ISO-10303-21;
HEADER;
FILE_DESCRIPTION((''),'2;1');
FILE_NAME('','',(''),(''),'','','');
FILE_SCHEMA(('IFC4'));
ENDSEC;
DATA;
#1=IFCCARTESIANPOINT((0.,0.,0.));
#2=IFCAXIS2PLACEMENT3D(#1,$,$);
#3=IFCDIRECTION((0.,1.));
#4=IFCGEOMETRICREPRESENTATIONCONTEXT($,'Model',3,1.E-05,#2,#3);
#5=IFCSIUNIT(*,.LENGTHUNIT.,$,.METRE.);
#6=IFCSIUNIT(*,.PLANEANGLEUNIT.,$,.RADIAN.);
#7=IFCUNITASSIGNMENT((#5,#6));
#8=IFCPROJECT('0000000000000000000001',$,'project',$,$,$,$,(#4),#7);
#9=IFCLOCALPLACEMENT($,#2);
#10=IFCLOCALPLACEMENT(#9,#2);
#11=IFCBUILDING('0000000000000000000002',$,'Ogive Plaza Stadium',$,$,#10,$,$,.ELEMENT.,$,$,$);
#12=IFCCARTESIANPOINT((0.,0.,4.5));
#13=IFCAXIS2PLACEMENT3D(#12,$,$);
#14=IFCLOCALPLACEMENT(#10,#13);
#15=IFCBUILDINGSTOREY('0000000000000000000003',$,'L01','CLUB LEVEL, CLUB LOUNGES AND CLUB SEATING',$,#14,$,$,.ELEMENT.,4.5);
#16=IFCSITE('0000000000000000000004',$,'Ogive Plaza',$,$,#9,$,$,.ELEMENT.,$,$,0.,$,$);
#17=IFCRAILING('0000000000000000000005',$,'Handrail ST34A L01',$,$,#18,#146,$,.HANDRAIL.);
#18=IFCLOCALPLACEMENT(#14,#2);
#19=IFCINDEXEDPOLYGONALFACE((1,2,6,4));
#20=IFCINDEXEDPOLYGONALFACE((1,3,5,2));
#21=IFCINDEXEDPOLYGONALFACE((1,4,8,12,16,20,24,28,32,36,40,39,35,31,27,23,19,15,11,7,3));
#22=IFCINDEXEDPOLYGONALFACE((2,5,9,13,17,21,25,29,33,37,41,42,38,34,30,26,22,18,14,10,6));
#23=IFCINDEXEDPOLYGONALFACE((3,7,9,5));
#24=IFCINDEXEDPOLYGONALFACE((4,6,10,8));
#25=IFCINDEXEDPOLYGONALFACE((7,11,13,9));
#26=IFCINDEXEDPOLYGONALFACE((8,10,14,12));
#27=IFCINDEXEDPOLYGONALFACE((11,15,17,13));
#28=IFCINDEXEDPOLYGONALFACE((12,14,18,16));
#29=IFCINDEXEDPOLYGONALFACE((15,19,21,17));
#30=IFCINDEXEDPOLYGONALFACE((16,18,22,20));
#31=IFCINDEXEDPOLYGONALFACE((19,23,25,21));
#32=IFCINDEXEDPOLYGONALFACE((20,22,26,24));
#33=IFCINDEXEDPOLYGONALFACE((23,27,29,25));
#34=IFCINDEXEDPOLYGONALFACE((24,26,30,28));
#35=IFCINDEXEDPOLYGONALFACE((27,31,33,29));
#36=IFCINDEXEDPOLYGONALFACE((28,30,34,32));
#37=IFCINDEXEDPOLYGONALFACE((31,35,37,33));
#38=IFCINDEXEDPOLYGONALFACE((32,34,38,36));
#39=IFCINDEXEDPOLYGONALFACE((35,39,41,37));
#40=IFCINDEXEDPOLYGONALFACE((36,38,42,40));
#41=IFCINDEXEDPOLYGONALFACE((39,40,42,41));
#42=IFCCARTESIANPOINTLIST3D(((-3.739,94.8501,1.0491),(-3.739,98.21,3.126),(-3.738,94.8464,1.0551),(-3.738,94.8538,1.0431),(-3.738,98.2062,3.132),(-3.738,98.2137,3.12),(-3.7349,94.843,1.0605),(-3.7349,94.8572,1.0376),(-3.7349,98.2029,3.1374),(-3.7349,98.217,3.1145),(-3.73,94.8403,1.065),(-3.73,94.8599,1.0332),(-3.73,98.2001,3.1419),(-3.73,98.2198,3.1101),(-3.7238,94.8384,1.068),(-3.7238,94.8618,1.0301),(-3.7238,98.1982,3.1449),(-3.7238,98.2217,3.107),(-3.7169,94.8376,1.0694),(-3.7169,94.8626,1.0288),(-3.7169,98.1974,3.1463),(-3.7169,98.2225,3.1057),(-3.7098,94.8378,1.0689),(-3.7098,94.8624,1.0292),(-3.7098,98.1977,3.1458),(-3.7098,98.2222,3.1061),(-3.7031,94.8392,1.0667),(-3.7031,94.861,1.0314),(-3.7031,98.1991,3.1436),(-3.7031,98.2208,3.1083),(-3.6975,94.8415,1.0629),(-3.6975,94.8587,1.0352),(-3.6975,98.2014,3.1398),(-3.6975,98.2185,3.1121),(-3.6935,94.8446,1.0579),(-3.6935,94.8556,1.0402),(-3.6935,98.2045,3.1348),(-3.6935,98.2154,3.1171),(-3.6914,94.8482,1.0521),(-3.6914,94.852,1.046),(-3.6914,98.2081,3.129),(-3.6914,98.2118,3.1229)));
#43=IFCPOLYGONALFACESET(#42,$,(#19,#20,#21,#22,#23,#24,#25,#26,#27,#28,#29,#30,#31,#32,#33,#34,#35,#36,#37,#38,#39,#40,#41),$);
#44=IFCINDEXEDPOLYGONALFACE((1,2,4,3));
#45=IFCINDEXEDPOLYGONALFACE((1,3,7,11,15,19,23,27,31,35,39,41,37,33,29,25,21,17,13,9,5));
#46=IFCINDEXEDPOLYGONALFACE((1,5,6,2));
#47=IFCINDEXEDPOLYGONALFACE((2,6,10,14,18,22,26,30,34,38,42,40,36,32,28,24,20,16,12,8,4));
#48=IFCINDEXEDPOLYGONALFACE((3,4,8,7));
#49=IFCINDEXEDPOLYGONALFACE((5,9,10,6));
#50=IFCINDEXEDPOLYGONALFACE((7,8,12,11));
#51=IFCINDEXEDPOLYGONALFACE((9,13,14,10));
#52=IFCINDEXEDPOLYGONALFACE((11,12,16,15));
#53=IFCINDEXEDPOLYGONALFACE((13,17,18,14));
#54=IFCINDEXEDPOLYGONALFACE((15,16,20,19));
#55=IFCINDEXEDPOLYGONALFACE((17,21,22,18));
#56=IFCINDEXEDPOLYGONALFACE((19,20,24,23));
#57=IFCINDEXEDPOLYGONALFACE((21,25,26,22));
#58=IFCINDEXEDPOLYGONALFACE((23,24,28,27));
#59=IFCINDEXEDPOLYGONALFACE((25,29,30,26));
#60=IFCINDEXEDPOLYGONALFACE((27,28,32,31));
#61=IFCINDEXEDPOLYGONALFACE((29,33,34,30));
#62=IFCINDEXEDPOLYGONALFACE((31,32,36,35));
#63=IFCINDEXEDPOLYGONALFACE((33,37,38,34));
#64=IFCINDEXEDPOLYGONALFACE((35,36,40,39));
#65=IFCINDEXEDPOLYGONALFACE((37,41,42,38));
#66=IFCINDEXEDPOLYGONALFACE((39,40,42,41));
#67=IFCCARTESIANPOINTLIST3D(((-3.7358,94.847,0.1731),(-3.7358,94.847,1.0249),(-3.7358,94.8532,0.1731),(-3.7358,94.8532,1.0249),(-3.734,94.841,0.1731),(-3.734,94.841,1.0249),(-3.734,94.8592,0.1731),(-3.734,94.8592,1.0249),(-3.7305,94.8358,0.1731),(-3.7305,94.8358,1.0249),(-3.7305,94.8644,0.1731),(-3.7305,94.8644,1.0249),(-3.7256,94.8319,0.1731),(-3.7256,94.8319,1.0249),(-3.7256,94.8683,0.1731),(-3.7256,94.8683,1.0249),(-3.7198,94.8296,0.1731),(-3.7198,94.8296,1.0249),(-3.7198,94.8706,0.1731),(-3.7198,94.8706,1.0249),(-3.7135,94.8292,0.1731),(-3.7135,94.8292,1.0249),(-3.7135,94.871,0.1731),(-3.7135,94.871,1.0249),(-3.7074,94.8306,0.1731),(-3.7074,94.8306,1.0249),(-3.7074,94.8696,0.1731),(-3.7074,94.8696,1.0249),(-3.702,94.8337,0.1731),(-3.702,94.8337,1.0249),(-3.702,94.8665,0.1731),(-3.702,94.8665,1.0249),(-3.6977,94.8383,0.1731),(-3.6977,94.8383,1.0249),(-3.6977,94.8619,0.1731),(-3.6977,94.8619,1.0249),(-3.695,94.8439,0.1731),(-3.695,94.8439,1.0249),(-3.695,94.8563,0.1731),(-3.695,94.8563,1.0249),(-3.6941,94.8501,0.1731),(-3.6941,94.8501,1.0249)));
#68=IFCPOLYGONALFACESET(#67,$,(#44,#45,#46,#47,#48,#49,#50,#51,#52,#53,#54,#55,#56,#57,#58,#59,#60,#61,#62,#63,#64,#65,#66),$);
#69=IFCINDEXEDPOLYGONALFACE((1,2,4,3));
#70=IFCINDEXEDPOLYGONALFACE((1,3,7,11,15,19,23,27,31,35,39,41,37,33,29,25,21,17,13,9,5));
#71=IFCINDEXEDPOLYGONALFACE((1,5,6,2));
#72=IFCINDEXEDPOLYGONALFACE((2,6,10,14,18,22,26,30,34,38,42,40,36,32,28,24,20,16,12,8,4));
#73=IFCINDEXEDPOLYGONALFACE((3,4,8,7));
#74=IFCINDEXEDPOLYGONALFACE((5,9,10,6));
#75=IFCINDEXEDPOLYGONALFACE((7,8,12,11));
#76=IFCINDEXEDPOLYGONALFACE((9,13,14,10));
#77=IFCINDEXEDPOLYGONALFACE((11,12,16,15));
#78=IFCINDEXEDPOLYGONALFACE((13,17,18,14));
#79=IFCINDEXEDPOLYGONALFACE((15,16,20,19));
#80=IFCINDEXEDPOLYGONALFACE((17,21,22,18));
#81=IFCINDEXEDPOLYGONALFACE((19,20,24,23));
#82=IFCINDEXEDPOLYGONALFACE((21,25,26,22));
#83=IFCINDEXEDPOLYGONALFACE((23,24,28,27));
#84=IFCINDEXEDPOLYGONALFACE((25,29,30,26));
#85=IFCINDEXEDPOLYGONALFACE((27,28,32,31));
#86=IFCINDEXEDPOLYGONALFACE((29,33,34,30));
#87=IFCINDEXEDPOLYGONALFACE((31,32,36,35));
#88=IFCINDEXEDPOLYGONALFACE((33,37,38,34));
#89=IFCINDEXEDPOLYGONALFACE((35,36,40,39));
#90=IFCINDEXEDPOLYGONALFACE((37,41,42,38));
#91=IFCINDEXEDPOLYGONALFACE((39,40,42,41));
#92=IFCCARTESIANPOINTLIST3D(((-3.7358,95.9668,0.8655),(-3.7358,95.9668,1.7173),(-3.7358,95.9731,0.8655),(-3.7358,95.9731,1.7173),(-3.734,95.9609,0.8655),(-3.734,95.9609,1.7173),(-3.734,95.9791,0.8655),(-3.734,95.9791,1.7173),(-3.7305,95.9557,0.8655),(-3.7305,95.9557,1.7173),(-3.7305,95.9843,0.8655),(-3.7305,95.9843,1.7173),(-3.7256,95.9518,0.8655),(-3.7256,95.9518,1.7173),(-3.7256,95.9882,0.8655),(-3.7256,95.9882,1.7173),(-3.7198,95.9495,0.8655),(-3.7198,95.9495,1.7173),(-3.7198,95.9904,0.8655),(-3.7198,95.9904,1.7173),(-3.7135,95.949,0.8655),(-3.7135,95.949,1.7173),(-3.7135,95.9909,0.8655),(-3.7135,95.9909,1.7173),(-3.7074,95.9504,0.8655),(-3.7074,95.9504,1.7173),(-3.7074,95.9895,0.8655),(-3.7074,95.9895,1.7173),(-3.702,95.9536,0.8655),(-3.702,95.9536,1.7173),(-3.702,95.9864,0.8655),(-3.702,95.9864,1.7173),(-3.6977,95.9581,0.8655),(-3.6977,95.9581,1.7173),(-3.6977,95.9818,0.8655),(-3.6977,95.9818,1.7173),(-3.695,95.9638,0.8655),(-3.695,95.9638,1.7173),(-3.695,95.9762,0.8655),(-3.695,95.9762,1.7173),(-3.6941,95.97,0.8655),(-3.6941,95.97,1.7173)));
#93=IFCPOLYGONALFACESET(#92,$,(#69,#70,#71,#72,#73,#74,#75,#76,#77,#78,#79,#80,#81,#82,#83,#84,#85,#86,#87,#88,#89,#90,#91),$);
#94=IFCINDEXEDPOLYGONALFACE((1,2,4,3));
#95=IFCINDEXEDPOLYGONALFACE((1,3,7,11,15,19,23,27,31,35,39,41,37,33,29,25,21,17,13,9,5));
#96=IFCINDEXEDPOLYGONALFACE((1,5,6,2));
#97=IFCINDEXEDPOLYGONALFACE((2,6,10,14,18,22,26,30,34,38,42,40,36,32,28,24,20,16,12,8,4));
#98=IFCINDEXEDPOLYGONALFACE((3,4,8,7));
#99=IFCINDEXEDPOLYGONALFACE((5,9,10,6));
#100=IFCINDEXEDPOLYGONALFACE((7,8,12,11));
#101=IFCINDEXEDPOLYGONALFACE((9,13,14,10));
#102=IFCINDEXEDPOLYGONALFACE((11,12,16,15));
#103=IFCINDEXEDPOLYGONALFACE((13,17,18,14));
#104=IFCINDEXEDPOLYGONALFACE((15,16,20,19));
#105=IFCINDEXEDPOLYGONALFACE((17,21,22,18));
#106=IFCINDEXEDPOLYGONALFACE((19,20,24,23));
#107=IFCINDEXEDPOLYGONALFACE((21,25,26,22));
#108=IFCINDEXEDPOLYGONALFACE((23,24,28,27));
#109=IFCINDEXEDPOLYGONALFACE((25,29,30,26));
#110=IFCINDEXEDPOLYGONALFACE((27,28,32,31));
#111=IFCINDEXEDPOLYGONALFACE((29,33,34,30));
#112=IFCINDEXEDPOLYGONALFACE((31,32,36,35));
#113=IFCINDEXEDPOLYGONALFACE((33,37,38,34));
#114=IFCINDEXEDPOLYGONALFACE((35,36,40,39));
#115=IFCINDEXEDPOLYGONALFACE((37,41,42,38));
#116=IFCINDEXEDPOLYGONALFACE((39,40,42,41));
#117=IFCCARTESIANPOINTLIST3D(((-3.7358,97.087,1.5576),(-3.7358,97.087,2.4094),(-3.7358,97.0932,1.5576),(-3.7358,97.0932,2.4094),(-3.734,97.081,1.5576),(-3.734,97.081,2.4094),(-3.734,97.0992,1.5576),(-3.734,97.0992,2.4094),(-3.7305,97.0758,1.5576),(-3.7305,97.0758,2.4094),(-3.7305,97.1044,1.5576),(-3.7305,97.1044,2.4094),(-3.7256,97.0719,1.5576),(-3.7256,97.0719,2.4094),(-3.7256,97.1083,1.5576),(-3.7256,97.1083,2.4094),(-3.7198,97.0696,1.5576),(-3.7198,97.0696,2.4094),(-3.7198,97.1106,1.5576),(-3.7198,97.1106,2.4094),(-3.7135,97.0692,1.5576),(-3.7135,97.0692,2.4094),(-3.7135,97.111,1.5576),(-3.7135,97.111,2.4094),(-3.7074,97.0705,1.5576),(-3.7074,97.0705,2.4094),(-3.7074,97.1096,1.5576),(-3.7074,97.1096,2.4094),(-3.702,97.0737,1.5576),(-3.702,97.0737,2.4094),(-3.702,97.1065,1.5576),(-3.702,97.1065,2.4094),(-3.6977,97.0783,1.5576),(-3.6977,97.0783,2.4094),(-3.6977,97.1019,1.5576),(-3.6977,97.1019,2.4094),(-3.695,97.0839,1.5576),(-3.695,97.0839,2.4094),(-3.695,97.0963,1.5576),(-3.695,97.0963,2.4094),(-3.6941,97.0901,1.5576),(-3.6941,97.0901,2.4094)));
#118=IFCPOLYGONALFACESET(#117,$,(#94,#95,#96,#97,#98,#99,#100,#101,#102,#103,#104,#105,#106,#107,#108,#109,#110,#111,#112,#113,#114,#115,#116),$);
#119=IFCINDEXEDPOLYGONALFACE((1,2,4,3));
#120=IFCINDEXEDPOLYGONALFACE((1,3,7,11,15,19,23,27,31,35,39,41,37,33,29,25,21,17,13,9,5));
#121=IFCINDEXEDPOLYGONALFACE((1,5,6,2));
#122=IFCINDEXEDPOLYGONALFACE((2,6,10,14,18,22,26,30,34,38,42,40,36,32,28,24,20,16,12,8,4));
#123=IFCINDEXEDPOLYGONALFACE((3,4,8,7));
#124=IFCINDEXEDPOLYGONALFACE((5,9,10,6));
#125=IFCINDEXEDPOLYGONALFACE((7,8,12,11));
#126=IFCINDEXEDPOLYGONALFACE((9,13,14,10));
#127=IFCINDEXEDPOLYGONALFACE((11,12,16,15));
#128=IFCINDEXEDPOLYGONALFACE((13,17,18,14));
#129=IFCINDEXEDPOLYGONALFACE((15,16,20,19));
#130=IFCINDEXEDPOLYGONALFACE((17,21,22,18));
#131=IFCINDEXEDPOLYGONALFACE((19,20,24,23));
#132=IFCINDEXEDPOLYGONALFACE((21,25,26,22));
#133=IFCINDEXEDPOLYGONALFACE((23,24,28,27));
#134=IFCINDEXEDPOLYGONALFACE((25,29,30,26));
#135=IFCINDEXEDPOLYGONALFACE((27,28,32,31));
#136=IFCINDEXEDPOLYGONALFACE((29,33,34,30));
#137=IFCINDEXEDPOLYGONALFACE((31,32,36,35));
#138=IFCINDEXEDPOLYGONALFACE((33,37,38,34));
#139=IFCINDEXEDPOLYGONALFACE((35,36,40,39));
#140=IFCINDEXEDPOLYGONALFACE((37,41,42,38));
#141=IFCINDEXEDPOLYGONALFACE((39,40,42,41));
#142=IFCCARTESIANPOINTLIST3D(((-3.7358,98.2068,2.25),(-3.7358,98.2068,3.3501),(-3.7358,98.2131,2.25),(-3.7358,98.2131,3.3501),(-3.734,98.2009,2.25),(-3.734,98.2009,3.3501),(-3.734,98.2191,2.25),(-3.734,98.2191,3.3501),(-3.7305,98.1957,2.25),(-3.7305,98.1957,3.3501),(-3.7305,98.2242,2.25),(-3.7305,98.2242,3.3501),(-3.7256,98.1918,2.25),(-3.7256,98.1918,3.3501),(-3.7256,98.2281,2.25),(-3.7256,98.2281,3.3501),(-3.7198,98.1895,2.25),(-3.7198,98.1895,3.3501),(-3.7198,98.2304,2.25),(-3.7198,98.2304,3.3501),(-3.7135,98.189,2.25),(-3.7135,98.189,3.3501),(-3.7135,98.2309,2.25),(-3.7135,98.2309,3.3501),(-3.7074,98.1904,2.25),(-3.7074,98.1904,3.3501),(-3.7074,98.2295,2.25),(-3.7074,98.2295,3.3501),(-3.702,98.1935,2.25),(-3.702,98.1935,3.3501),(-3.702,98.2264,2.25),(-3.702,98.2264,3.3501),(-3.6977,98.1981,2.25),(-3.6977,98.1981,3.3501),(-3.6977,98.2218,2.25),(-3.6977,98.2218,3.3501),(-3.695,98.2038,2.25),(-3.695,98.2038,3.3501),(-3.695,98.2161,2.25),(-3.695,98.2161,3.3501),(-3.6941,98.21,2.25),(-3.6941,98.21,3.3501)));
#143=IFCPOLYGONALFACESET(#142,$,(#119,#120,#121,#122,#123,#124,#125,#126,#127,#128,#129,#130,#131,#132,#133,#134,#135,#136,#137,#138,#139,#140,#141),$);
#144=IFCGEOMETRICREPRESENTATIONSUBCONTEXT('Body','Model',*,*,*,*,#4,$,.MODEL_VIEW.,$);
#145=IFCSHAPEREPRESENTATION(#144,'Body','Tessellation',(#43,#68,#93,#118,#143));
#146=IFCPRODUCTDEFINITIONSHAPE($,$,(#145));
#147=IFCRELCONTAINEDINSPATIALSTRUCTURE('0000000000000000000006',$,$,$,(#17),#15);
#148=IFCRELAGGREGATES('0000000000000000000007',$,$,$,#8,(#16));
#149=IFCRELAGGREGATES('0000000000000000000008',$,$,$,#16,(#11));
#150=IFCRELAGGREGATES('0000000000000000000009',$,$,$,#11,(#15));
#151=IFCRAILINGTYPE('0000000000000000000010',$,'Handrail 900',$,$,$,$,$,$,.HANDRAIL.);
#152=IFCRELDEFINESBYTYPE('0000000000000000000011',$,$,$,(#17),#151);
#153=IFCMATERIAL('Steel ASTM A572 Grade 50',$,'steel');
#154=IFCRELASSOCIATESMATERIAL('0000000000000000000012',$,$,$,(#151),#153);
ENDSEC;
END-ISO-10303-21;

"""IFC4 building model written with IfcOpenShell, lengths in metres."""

from ifc_helpers import new_model, si_unit, direction, frame, origin, origin_2d, place, context, subcontext, project, spatial, circle, extrude, material, type_object, element, save


model = new_model("IFC4")

# Units and contexts
model_context = context("Model", 3, precision=1e-05, world=origin(), true_north=direction((0.0, 1.0)))
body_context = subcontext(model_context, "Body", "Model", "MODEL_VIEW")
ifc_project = project(units=[si_unit("LENGTHUNIT", "METRE"), si_unit("PLANEANGLEUNIT", "RADIAN")], contexts=[model_context])

# Site, building, storey
site_placement = place(None, origin())
site = spatial("IfcSite", under=ifc_project, at=site_placement, Name="Ogive Plaza", CompositionType="ELEMENT", RefElevation=0.0)
building_placement = place(site_placement, origin())
building = spatial("IfcBuilding", under=site, at=building_placement, Name="Ogive Plaza Stadium", CompositionType="ELEMENT")
storey_placement = place(building_placement, frame((0.0, 0.0, 4.5)))
storey = spatial("IfcBuildingStorey", under=building, at=storey_placement, Name="L01", Description="CLUB LEVEL, CLUB LOUNGES AND CLUB SEATING", CompositionType="ELEMENT", Elevation=4.5)

# Railing
ifc_material_1 = material(Name="Steel ASTM A572 Grade 50", Category="steel")
railing_type_1 = type_object("IfcRailingType", Name="Handrail 900", PredefinedType="HANDRAIL", material=ifc_material_1)
for number, where, name in (
    (1, (-3.7151, 94.8501, 0.1731), "Handrail ST34A L01"),
):
    element("IfcRailing", number, at=place(storey_placement, frame(where)), inside=storey, type_object=railing_type_1, Name=name, PredefinedType="HANDRAIL", context=body_context, shape_type="SweptSolid", body=[
        extrude(circle(Radius=0.0239, at=origin_2d()), frame((0.0, 0.0, 0.876), z_axis=(0.0, 0.850606, 0.525803), x_axis=(-1.0, 0.0, 0.0)), (0.0, 0.0, 1.0), 3.95),
        extrude(circle(Radius=0.021, at=origin_2d()), origin(), (0.0, 0.0, 1.0), 0.8518),
        extrude(circle(Radius=0.021, at=origin_2d()), frame((0.0, 1.1199, 0.6924)), (0.0, 0.0, 1.0), 0.8518),
        extrude(circle(Radius=0.021, at=origin_2d()), frame((0.0, 2.24, 1.3845)), (0.0, 0.0, 1.0), 0.8518),
        extrude(circle(Radius=0.021, at=origin_2d()), frame((0.0, 3.3599, 2.0769)), (0.0, 0.0, 1.0), 1.1001),
    ])

save(model, "model.ifc")
